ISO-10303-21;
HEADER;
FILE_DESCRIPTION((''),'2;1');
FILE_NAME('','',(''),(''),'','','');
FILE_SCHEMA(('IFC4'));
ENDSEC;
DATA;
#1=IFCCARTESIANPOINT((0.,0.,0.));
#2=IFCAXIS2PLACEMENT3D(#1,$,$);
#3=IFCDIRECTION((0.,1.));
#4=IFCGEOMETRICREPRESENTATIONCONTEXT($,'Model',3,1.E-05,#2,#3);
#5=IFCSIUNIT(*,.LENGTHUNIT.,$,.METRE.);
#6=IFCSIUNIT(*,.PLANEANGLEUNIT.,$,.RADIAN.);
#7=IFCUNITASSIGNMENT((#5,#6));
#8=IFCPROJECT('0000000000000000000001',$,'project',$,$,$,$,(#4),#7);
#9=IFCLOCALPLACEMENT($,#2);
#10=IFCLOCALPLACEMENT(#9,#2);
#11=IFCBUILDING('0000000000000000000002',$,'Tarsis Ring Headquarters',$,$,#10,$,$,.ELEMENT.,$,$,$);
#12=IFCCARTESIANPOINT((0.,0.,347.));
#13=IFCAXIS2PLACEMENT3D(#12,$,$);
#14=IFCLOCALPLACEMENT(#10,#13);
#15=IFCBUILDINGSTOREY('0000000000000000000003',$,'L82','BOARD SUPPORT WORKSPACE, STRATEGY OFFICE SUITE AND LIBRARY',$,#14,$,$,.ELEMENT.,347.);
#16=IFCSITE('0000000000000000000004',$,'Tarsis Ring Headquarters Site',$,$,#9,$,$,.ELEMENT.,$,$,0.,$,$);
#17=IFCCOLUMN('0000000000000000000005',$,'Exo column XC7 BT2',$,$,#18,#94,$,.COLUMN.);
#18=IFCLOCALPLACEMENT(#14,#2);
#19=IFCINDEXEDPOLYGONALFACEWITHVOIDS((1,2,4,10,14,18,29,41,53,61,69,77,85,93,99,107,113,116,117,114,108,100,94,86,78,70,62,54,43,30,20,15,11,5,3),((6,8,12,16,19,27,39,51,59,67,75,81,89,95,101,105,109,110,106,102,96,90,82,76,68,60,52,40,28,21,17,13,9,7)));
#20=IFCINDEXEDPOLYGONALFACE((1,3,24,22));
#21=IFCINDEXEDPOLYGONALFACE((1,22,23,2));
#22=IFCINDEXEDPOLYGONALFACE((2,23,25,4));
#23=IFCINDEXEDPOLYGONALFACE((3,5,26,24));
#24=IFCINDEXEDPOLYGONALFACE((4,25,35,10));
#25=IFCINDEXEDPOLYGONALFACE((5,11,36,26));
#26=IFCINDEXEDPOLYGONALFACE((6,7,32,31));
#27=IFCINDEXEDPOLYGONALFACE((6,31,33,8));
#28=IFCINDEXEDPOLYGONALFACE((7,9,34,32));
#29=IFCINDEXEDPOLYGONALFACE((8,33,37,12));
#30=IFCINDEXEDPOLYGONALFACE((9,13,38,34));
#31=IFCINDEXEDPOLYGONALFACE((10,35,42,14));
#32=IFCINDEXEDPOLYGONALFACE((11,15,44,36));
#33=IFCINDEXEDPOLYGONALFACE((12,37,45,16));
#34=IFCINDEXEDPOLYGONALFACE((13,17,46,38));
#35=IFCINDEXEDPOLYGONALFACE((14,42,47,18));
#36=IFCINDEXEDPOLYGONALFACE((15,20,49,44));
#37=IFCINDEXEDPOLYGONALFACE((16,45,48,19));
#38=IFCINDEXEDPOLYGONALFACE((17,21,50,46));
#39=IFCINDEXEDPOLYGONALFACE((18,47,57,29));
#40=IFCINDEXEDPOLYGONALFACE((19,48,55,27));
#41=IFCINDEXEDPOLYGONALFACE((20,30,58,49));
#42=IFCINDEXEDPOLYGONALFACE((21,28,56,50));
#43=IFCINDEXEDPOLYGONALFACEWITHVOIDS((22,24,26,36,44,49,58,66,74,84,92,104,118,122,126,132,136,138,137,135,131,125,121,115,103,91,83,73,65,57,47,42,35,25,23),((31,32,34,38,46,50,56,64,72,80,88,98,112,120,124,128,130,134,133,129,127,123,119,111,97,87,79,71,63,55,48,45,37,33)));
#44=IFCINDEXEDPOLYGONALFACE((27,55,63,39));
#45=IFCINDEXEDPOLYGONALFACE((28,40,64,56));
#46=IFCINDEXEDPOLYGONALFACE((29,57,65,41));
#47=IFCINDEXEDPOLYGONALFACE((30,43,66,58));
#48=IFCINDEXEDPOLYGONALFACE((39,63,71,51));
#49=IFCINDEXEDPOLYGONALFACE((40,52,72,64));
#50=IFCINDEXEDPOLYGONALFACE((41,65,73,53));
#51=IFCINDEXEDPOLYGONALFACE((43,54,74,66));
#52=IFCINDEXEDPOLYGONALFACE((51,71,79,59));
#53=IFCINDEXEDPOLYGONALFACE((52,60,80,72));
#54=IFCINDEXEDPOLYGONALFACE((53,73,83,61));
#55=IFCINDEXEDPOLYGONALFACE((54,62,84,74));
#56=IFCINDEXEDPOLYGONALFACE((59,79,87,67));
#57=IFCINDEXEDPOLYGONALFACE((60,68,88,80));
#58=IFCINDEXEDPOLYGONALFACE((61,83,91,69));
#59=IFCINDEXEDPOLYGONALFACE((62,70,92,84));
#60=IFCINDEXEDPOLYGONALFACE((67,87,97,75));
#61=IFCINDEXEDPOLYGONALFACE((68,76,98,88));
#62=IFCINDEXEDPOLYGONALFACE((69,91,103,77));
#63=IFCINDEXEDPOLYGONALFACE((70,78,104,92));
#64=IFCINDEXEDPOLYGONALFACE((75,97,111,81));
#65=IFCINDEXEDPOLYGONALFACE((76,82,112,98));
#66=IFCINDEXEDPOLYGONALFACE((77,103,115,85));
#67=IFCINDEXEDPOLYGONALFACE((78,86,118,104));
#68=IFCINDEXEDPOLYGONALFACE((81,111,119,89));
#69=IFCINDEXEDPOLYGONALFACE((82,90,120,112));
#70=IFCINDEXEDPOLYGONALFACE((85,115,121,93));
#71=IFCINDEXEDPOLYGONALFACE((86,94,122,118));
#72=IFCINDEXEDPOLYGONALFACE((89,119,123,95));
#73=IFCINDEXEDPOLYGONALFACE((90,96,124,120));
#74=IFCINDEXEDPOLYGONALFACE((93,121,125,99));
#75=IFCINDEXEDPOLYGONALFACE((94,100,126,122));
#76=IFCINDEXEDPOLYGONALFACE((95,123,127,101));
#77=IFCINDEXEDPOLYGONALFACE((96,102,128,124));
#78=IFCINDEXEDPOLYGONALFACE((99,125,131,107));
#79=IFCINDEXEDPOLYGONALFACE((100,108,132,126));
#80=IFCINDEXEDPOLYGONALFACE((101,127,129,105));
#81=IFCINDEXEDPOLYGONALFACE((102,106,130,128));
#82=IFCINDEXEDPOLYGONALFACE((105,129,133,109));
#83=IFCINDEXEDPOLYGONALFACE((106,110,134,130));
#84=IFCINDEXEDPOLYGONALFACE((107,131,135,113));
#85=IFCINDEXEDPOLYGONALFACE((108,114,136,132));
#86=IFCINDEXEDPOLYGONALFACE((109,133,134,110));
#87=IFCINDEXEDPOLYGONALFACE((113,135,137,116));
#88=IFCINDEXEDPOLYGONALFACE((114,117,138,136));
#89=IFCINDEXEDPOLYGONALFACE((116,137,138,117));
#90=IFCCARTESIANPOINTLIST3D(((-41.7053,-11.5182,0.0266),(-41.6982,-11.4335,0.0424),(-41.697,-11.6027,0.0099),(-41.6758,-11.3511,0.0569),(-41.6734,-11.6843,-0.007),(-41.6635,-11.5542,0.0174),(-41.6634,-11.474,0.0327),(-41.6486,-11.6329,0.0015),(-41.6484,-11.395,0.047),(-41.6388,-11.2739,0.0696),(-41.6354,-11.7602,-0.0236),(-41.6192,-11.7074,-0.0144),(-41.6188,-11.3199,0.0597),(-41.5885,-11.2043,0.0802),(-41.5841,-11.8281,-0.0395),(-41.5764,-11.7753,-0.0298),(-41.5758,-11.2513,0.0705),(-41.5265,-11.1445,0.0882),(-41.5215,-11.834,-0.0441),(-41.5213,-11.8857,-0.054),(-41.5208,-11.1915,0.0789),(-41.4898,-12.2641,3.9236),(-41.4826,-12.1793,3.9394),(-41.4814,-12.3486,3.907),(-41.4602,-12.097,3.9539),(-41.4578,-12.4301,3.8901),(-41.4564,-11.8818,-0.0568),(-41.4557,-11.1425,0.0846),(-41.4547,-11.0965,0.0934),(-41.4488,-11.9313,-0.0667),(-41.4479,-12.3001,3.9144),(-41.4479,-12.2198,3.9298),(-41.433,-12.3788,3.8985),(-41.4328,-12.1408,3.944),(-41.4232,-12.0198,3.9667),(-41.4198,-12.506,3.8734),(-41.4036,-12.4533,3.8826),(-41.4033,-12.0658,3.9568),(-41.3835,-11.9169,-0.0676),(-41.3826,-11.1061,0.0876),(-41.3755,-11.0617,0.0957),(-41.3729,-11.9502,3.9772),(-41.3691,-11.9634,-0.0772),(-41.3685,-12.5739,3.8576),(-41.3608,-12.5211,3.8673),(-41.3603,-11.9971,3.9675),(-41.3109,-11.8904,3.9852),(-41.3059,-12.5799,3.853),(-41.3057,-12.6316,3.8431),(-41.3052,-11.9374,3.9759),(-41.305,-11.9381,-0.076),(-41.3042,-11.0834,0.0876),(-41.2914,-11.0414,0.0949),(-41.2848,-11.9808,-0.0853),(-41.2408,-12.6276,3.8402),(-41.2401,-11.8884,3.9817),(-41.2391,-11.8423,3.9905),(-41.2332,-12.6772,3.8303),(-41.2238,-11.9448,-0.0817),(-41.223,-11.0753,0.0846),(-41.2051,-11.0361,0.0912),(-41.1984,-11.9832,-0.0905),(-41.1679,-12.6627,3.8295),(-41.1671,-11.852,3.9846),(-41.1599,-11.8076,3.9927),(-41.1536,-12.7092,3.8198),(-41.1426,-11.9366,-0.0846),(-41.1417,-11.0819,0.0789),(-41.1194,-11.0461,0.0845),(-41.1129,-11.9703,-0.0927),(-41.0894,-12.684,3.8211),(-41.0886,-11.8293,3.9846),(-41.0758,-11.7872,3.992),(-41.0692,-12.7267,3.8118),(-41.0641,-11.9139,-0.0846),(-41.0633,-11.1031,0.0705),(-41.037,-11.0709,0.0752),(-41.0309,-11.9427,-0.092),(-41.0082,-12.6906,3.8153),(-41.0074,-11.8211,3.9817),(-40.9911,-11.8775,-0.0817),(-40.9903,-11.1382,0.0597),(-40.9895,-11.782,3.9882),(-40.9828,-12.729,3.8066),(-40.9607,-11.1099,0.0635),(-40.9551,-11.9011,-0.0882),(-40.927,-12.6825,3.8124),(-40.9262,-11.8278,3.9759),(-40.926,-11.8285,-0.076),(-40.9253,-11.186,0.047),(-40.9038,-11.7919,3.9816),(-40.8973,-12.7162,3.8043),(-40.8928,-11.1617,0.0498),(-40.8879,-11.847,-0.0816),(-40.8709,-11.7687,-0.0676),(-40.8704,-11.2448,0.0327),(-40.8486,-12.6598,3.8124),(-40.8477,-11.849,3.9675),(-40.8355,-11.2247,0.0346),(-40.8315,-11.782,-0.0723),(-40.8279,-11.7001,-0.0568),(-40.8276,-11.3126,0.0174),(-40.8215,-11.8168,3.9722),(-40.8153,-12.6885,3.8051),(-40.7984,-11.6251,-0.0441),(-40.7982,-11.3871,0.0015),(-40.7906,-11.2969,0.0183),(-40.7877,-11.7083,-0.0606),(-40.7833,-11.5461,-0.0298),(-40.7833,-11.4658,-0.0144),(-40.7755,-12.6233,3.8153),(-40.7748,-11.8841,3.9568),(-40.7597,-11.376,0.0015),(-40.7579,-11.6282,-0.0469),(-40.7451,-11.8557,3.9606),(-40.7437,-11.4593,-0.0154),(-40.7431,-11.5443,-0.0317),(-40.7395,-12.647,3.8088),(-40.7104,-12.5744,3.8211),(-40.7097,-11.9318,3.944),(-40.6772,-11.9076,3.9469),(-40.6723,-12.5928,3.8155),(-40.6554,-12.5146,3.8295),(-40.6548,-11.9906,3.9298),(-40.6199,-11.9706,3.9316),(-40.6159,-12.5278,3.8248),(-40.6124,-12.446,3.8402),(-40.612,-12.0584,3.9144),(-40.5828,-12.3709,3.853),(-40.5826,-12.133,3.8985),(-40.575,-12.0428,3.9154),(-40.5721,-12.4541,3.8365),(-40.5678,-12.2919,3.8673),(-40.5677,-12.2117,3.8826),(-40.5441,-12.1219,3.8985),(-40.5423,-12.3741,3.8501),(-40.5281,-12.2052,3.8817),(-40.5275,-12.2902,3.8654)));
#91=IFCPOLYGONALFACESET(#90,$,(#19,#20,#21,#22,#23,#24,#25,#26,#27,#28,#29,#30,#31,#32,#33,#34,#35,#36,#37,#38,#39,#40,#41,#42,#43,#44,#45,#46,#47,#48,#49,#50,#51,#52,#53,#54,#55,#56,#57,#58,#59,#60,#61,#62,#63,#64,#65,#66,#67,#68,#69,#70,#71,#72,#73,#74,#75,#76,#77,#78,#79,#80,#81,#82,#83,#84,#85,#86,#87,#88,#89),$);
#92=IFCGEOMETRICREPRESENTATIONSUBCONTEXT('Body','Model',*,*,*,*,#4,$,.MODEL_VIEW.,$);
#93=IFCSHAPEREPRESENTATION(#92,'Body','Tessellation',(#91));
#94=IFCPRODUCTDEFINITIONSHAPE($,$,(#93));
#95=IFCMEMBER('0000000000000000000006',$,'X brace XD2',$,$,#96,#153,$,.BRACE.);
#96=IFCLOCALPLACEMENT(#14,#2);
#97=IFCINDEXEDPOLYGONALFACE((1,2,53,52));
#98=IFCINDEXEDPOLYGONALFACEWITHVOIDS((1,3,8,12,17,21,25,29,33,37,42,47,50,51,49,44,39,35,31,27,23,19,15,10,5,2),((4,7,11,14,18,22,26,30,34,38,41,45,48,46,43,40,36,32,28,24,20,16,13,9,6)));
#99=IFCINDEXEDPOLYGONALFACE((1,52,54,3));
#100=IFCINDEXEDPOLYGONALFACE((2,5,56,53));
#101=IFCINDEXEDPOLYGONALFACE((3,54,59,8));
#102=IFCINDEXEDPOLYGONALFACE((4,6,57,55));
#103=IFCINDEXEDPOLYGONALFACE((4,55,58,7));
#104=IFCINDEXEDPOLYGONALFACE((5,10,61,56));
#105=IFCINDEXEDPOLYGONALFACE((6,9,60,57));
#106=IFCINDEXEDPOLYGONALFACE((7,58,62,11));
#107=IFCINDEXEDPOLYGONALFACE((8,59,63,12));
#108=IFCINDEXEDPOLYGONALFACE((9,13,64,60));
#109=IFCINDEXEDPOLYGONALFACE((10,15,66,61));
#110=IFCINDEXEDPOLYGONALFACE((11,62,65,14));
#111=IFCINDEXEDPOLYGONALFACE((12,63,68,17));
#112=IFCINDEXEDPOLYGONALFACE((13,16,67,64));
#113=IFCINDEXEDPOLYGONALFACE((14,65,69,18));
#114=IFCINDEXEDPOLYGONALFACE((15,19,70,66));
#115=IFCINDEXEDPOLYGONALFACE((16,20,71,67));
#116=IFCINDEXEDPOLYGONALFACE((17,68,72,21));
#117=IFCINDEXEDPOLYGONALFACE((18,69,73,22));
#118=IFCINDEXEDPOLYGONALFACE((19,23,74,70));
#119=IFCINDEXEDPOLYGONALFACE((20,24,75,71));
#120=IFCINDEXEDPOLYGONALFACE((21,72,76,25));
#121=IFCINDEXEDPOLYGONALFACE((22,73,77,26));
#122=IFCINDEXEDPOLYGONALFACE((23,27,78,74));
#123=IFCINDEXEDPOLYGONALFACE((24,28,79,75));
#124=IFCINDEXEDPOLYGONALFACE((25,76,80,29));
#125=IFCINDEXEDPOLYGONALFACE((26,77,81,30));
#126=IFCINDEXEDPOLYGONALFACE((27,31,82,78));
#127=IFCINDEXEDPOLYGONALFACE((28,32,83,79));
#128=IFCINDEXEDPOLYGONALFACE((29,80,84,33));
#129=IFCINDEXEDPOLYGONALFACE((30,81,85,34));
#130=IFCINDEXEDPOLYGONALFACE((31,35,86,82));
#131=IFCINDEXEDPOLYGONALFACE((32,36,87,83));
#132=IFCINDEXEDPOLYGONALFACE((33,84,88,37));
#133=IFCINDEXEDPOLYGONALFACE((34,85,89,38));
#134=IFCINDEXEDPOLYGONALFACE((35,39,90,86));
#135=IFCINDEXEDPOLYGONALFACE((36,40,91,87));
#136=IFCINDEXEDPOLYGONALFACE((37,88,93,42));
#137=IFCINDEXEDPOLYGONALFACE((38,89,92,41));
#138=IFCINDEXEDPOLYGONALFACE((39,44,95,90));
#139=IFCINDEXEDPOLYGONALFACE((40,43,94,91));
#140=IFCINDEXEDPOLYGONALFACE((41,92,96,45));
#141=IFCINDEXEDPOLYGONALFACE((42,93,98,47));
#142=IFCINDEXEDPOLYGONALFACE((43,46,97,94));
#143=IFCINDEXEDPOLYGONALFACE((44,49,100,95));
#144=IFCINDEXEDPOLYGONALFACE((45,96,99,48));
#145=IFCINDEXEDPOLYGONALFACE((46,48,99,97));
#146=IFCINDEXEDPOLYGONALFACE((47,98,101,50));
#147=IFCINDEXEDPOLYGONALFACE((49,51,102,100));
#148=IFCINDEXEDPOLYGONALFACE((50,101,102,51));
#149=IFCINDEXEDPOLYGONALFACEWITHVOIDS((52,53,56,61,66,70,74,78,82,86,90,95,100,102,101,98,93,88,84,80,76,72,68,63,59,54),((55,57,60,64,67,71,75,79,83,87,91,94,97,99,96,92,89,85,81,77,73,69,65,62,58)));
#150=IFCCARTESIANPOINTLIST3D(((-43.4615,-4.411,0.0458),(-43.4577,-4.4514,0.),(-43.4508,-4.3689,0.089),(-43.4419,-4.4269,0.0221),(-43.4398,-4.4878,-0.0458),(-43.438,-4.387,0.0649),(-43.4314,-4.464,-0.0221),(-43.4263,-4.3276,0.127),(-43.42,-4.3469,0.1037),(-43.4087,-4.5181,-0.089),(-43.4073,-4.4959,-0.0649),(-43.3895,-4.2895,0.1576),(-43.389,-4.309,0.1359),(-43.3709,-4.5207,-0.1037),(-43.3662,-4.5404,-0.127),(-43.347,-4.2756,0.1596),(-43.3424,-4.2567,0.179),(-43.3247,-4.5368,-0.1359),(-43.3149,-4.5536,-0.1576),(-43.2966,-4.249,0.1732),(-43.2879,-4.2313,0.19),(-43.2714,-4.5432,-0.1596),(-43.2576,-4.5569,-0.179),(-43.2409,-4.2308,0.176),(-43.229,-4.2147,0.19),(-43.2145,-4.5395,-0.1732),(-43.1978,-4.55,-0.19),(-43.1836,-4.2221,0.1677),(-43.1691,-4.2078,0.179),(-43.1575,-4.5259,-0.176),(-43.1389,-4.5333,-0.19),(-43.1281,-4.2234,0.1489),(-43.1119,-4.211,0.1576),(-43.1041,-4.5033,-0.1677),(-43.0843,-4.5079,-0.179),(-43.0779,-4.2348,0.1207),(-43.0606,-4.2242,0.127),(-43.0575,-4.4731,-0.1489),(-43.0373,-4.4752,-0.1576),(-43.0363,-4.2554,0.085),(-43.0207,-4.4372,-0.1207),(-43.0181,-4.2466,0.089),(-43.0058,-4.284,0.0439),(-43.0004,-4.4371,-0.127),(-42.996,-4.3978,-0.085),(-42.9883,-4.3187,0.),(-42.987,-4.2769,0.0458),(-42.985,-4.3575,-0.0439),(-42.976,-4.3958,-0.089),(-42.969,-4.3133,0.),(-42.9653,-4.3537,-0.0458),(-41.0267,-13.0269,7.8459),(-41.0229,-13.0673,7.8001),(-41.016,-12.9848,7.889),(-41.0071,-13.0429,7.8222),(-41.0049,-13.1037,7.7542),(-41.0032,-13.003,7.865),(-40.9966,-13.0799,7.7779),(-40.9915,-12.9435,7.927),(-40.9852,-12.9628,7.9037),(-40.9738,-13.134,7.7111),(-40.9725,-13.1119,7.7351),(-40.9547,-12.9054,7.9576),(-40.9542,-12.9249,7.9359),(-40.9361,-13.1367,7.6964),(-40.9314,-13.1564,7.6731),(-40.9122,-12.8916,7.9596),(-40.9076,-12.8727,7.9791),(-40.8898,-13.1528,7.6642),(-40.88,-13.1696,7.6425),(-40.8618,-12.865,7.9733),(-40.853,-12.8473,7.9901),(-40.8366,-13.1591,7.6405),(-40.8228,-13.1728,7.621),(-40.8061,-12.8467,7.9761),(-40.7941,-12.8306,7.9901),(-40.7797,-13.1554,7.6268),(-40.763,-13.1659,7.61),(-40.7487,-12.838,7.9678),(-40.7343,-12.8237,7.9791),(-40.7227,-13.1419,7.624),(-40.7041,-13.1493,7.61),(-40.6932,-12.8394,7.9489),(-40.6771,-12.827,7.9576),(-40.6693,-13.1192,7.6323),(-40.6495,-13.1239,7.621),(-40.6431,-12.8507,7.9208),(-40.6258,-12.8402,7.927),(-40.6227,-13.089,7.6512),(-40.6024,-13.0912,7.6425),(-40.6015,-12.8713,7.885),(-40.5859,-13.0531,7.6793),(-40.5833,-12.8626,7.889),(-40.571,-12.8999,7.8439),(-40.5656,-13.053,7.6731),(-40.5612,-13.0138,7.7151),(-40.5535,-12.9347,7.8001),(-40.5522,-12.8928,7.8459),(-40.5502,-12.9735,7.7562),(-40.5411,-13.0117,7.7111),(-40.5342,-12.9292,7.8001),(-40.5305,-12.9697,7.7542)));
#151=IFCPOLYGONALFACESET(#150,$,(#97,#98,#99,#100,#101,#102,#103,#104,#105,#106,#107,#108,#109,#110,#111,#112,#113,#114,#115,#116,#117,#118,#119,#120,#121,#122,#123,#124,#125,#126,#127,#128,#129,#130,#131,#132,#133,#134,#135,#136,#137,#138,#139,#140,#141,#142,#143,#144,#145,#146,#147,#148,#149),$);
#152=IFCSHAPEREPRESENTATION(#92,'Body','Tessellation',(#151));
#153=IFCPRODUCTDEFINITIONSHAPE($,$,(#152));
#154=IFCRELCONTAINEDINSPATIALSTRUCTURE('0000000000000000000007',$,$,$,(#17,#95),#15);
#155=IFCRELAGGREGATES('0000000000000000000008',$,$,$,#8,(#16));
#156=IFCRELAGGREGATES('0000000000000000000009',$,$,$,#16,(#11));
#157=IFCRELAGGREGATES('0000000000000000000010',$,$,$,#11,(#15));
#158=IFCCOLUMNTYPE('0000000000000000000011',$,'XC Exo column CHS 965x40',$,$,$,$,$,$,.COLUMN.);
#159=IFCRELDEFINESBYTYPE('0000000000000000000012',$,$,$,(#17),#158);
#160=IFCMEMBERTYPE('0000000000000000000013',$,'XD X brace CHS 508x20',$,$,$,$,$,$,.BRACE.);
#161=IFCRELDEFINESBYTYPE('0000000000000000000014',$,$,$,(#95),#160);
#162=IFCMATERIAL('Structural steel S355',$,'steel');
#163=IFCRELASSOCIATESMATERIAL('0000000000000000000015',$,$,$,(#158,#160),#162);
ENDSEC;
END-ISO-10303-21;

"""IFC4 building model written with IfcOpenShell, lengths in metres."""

from ifc_helpers import new_model, si_unit, direction, frame, origin, origin_2d, place, context, subcontext, project, spatial, hollow_circle, extrude, material, material_profile, profile_set, type_object, element, save


model = new_model("IFC4")

# Units and contexts
model_context = context("Model", 3, precision=1e-05, world=origin(), true_north=direction((0.0, 1.0)))
body_context = subcontext(model_context, "Body", "Model", "MODEL_VIEW")
ifc_project = project(units=[si_unit("LENGTHUNIT", "METRE"), si_unit("PLANEANGLEUNIT", "RADIAN")], contexts=[model_context])

# Site, building, storey
site_placement = place(None, origin())
site = spatial("IfcSite", under=ifc_project, at=site_placement, Name="Tarsis Ring Headquarters Site", CompositionType="ELEMENT", RefElevation=0.0)
building_placement = place(site_placement, origin())
building = spatial("IfcBuilding", under=site, at=building_placement, Name="Tarsis Ring Headquarters", CompositionType="ELEMENT")
storey_placement = place(building_placement, frame((0.0, 0.0, 347.0)))
storey = spatial("IfcBuildingStorey", under=building, at=storey_placement, Name="L82", Description="BOARD SUPPORT WORKSPACE, STRATEGY OFFICE SUITE AND LIBRARY", CompositionType="ELEMENT", Elevation=347.0)

# Column
ifc_material_1 = material(Name="Structural steel S355", Category="steel")
ifc_material_profile_1 = material_profile(ifc_material_1, hollow_circle(Radius=0.4827, WallThickness=0.04, at=origin_2d()), Name="CHS 965x40")
ifc_profile_set_1 = profile_set([ifc_material_profile_1], Name="Structural steel S355")
column_type = type_object("IfcColumnType", Name="XC Exo column CHS 965x40", PredefinedType="COLUMN", material=ifc_profile_set_1)
column_placement = place(storey_placement, frame((-41.2234, -11.51, 0.0015), z_axis=(0.054253, -0.187703, 0.980726), x_axis=(0.960677, 0.277669, 0.0)))
element("IfcColumn", 1, at=column_placement, inside=storey, type_object=column_type, Name="Exo column XC7 BT2", PredefinedType="COLUMN", context=body_context, shape_type="SweptSolid", body=[
    extrude(hollow_circle(Radius=0.4827, WallThickness=0.04, at=origin_2d()), origin(), (0.0, 0.0, 1.0), 3.9736),
])

# Member
ifc_material_profile_2 = material_profile(ifc_material_1, hollow_circle(Radius=0.2539, WallThickness=0.02, at=origin_2d()), Name="CHS 508x20")
ifc_profile_set_2 = profile_set([ifc_material_profile_2], Name="Structural steel S355")
member_type = type_object("IfcMemberType", Name="XD X brace CHS 508x20", PredefinedType="BRACE", material=ifc_profile_set_2)
member_1_placement = place(storey_placement, frame((-43.2134, -4.3823, 0.0), z_axis=(0.205045, -0.725585, 0.656873), x_axis=(0.962313, 0.271943, 0.0)))
element("IfcMember", 2, at=member_1_placement, inside=storey, type_object=member_type, Name="X brace XD2", PredefinedType="BRACE", context=body_context, shape_type="SweptSolid", body=[
    extrude(hollow_circle(Radius=0.2539, WallThickness=0.02, at=origin_2d()), origin(), (0.0, 0.0, 1.0), 11.8745),
])

save(model, "model.ifc")
